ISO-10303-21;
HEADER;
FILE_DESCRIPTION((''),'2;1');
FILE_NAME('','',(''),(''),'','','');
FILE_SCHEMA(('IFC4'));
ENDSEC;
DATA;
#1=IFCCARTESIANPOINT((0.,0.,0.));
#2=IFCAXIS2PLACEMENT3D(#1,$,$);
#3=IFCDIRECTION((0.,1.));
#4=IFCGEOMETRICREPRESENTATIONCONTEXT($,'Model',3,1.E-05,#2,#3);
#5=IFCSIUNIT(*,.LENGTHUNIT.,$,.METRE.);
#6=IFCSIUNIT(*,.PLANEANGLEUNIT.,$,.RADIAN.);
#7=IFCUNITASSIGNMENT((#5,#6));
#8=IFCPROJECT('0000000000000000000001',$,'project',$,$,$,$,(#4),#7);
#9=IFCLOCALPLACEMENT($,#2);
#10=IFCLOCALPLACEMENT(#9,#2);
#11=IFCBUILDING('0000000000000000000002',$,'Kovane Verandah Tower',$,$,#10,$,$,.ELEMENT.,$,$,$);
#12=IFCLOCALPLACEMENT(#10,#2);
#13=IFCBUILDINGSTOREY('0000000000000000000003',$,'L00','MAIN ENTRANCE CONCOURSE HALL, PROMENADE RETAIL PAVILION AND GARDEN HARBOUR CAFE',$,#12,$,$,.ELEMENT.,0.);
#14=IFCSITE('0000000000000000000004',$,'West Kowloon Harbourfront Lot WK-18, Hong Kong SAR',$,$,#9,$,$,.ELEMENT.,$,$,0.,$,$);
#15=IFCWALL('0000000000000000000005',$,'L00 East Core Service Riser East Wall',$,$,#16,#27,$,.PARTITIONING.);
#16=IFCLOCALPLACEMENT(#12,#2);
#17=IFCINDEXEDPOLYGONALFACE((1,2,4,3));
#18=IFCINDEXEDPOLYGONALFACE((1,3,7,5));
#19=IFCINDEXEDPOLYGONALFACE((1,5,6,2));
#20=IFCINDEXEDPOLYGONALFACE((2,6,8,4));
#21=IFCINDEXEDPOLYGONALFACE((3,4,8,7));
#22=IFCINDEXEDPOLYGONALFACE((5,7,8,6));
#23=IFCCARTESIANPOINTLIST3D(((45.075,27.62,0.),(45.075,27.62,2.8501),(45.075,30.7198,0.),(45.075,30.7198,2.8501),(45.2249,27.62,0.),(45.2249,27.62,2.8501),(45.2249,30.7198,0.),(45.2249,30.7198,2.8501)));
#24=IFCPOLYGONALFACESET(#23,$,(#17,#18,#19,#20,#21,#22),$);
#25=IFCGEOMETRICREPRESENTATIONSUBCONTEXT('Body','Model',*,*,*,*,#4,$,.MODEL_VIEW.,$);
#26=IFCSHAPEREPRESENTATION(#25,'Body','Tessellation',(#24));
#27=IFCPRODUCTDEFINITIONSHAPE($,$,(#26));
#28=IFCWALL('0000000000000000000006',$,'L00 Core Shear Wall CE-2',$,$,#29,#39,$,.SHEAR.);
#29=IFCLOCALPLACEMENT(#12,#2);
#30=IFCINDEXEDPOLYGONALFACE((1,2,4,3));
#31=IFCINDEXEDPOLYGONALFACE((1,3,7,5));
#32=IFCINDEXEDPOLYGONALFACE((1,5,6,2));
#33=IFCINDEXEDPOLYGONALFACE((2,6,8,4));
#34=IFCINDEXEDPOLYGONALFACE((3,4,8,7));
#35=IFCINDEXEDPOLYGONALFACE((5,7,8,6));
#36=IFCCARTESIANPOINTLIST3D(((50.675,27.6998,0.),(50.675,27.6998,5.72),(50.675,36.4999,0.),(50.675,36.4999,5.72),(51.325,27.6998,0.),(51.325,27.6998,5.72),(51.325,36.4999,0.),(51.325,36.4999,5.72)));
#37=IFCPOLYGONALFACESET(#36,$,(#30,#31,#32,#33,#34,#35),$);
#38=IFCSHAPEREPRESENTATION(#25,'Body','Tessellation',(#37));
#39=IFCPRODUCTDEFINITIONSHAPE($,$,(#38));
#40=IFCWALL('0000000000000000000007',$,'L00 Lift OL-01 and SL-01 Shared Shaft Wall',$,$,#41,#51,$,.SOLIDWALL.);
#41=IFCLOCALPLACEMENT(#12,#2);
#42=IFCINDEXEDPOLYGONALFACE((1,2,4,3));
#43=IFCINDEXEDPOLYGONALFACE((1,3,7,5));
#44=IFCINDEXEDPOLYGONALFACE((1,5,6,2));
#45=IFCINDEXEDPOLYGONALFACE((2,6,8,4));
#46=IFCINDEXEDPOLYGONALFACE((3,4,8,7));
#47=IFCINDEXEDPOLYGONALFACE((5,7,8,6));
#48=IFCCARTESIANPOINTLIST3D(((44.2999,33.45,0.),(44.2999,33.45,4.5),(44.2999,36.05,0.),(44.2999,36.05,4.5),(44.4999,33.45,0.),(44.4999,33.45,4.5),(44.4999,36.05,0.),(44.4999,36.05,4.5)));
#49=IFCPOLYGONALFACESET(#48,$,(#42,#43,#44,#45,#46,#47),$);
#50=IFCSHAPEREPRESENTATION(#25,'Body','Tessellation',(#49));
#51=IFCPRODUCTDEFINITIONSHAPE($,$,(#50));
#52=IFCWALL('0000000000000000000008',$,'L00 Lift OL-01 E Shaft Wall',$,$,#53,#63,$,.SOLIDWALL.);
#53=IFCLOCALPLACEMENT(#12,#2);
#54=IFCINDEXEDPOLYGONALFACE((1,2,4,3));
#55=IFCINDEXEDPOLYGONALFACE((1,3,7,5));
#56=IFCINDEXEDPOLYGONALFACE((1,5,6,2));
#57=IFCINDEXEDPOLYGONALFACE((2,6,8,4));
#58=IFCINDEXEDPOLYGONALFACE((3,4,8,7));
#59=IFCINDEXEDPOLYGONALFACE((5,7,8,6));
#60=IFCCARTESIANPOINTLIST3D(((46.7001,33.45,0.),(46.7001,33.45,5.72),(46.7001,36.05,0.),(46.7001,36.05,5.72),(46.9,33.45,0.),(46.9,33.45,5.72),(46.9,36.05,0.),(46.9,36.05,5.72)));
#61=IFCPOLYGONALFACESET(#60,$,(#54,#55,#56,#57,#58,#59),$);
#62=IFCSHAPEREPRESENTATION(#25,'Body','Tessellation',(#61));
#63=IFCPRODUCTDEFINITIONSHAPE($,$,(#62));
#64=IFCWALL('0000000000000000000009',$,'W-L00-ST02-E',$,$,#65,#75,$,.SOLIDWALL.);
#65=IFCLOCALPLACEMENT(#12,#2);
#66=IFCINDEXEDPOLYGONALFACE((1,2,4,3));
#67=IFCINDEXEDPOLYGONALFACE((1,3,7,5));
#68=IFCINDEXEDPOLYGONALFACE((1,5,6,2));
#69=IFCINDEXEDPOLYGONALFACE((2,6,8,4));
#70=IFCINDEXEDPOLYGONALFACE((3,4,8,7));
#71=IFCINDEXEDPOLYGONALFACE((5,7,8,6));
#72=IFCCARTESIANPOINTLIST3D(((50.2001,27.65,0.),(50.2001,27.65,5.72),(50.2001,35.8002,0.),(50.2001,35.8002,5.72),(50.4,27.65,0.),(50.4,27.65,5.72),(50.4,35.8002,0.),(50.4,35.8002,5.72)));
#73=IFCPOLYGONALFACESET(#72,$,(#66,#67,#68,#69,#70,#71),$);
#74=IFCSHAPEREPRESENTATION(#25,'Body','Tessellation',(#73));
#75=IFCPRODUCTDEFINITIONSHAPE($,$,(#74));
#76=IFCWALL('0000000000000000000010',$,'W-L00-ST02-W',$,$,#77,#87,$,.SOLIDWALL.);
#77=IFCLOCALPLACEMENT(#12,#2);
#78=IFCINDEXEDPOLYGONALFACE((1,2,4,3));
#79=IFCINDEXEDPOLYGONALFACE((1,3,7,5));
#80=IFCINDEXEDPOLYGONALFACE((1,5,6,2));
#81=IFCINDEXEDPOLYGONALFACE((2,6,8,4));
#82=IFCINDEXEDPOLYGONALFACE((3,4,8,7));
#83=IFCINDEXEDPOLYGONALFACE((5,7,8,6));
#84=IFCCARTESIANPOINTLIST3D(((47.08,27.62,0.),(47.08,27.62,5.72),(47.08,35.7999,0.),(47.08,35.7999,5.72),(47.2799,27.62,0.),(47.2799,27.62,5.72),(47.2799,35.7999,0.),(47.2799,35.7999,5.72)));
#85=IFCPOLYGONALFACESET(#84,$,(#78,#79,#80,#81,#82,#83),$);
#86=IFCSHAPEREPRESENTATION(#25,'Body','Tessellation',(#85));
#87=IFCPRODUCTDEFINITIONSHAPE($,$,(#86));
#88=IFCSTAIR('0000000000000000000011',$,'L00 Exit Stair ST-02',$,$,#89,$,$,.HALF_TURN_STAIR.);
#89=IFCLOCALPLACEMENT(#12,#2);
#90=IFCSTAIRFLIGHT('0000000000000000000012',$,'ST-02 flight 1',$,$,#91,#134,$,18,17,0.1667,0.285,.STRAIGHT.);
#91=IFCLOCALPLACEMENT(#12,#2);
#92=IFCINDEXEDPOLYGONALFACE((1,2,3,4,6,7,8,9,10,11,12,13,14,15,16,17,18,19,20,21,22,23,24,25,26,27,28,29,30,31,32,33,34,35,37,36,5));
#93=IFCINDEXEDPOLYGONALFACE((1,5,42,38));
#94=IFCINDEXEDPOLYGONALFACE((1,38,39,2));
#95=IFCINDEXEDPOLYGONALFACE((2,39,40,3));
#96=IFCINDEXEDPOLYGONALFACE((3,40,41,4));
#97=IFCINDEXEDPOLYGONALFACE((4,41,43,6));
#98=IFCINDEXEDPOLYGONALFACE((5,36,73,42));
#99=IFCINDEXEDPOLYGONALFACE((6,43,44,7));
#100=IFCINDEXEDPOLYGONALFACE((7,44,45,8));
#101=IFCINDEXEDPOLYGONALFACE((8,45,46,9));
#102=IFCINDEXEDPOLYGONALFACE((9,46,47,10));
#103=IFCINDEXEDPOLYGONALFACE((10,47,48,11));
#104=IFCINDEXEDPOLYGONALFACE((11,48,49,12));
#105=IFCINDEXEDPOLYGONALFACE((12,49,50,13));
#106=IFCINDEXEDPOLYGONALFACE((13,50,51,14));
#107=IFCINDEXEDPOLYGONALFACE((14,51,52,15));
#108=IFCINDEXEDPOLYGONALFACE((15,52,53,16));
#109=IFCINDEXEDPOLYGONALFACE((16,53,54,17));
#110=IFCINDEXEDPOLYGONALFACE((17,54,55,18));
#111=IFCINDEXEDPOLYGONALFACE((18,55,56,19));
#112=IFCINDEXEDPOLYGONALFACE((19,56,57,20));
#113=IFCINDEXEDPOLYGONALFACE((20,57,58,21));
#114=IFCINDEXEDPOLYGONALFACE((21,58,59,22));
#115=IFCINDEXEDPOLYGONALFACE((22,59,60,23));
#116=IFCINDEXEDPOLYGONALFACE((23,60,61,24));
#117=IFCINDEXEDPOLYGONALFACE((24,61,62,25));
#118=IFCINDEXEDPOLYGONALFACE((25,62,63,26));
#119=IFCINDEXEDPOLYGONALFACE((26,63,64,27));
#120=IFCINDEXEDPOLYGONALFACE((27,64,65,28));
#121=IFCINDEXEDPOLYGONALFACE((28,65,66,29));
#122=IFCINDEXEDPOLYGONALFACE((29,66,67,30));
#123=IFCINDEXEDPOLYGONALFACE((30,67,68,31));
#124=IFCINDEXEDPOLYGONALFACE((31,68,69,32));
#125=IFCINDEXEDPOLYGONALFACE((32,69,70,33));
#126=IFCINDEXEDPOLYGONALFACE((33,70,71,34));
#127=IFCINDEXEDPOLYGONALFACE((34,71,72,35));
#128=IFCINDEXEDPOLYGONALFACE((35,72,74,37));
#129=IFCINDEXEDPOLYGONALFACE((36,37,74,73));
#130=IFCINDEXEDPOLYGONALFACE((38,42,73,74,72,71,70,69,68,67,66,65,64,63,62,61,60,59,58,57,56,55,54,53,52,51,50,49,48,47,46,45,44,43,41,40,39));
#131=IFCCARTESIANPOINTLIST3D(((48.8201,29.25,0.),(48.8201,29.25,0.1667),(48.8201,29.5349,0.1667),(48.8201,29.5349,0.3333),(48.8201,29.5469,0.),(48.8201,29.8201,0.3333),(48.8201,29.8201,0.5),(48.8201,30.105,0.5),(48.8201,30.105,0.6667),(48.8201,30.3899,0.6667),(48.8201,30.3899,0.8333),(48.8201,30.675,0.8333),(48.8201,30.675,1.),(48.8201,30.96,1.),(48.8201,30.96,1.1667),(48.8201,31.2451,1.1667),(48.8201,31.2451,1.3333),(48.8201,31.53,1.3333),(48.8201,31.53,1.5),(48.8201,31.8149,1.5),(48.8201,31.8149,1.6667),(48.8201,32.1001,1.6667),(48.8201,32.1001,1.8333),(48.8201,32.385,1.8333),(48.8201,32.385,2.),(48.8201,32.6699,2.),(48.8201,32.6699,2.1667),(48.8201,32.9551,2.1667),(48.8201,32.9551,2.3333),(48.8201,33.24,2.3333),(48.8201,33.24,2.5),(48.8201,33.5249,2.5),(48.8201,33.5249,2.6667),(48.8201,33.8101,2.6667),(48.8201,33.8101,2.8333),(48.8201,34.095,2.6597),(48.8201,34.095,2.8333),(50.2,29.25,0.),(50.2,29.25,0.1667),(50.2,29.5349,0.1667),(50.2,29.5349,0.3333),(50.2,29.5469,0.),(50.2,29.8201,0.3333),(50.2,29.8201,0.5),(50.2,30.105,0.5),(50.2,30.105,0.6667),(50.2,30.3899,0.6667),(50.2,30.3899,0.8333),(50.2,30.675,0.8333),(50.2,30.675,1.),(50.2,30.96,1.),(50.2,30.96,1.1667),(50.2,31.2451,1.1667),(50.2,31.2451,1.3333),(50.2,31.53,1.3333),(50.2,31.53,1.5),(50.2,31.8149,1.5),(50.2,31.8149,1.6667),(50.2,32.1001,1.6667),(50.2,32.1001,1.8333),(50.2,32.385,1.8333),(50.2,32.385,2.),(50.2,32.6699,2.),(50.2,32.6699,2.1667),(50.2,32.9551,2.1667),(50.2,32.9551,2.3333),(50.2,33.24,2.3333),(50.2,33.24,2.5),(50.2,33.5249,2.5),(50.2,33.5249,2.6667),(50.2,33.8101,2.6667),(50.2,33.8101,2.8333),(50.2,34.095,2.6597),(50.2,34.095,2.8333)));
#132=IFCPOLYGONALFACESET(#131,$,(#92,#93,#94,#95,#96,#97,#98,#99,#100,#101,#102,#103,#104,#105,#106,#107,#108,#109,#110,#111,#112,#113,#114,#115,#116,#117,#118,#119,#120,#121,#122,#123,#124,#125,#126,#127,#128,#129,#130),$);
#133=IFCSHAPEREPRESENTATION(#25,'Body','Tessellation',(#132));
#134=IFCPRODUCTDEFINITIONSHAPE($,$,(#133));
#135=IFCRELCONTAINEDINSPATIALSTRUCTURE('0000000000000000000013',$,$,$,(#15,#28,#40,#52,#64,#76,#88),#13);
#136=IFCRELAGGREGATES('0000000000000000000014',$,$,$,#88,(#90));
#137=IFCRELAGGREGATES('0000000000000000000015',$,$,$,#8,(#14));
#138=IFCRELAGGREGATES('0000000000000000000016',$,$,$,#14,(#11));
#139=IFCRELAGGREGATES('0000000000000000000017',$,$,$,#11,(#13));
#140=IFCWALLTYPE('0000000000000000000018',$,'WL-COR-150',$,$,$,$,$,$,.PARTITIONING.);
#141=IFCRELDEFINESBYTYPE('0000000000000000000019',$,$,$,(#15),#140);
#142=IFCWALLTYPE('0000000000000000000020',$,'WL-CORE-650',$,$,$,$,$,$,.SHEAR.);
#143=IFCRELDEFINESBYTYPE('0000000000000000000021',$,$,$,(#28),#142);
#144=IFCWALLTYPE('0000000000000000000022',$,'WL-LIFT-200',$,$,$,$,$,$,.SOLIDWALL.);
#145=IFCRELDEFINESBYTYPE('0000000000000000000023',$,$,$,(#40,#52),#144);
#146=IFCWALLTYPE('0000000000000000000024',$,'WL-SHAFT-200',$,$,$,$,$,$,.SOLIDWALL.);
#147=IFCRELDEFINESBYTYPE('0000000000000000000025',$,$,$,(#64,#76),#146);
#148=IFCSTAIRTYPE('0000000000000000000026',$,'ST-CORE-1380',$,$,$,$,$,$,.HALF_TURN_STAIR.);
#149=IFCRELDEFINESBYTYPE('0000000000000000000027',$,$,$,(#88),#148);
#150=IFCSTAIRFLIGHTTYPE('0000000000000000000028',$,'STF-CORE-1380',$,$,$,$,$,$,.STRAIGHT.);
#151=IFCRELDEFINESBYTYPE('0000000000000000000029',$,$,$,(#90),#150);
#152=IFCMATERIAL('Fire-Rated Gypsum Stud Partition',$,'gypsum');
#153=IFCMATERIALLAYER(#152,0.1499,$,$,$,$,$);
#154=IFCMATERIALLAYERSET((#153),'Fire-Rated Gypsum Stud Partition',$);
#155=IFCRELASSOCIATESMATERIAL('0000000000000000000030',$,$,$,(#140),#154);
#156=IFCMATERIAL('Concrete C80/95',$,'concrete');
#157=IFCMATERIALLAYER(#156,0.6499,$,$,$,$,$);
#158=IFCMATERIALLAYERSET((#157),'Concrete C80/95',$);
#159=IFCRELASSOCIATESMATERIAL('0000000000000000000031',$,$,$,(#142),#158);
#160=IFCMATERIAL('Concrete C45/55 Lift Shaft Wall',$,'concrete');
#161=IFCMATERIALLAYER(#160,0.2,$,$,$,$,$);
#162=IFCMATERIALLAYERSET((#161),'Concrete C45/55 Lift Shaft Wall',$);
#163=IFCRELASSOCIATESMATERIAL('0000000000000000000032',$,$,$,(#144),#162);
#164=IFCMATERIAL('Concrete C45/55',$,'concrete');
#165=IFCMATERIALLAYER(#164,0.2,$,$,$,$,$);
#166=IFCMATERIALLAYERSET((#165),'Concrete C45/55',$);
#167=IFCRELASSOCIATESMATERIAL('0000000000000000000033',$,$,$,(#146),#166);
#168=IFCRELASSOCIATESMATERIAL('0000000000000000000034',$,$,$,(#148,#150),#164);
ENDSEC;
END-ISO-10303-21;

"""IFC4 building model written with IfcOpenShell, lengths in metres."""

from ifc_helpers import new_model, si_unit, direction, frame, frame_2d, origin, place, context, subcontext, project, spatial, polyline, rectangle, outline, extrude, material, layer, layer_set, type_object, element, aggregate, save


model = new_model("IFC4")

# Units and contexts
model_context = context("Model", 3, precision=1e-05, world=origin(), true_north=direction((0.0, 1.0)))
body_context = subcontext(model_context, "Body", "Model", "MODEL_VIEW")
ifc_project = project(units=[si_unit("LENGTHUNIT", "METRE"), si_unit("PLANEANGLEUNIT", "RADIAN")], contexts=[model_context])

# Site, building, storey
site_placement = place(None, origin())
site = spatial("IfcSite", under=ifc_project, at=site_placement, Name="West Kowloon Harbourfront Lot WK-18, Hong Kong SAR", CompositionType="ELEMENT", RefElevation=0.0)
building_placement = place(site_placement, origin())
building = spatial("IfcBuilding", under=site, at=building_placement, Name="Kovane Verandah Tower", CompositionType="ELEMENT")
storey_placement = place(building_placement, origin())
storey = spatial("IfcBuildingStorey", under=building, at=storey_placement, Name="L00", Description="MAIN ENTRANCE CONCOURSE HALL, PROMENADE RETAIL PAVILION AND GARDEN HARBOUR CAFE", CompositionType="ELEMENT", Elevation=0.0)

# Walls
ifc_material_1 = material(Name="Fire-Rated Gypsum Stud Partition", Category="gypsum")
ifc_layer_1 = layer(ifc_material_1, 0.1499)
ifc_layer_set_1 = layer_set([ifc_layer_1], Name="Fire-Rated Gypsum Stud Partition")
wall_type_1 = type_object("IfcWallType", Name="WL-COR-150", PredefinedType="PARTITIONING", material=ifc_layer_set_1)
wall_1_placement = place(storey_placement, frame((45.1499, 27.6201, 0.0), z_axis=(0.0, 0.0, 1.0), x_axis=(0.0, 1.0, 0.0)))
element("IfcWall", 1, at=wall_1_placement, inside=storey, type_object=wall_type_1, Name="L00 East Core Service Riser East Wall", PredefinedType="PARTITIONING", context=body_context, shape_type="SweptSolid", body=[
    extrude(rectangle(XDim=3.0999, YDim=0.1499, at=frame_2d((1.5498, 0.0))), origin(), (0.0, 0.0, 1.0), 2.8501),
])
ifc_material_2 = material(Name="Concrete C80/95", Category="concrete")
ifc_layer_2 = layer(ifc_material_2, 0.6499)
ifc_layer_set_2 = layer_set([ifc_layer_2], Name="Concrete C80/95")
wall_type_2 = type_object("IfcWallType", Name="WL-CORE-650", PredefinedType="SHEAR", material=ifc_layer_set_2)
wall_2_placement = place(storey_placement, frame((51.0, 27.7, 0.0), z_axis=(0.0, 0.0, 1.0), x_axis=(0.0, 1.0, 0.0)))
element("IfcWall", 2, at=wall_2_placement, inside=storey, type_object=wall_type_2, Name="L00 Core Shear Wall CE-2", PredefinedType="SHEAR", context=body_context, shape_type="SweptSolid", body=[
    extrude(rectangle(XDim=8.8, YDim=0.6499, at=frame_2d((4.3999, 0.0))), origin(), (0.0, 0.0, 1.0), 5.72),
])

# Wall
ifc_material_3 = material(Name="Concrete C45/55 Lift Shaft Wall", Category="concrete")
ifc_layer_3 = layer(ifc_material_3, 0.2)
ifc_layer_set_3 = layer_set([ifc_layer_3], Name="Concrete C45/55 Lift Shaft Wall")
wall_type_3 = type_object("IfcWallType", Name="WL-LIFT-200", PredefinedType="SOLIDWALL", material=ifc_layer_set_3)
wall_3_placement = place(storey_placement, frame((44.3999, 33.45, 0.0), z_axis=(0.0, 0.0, 1.0), x_axis=(0.0, 1.0, 0.0)))
element("IfcWall", 3, at=wall_3_placement, inside=storey, type_object=wall_type_3, Name="L00 Lift OL-01 and SL-01 Shared Shaft Wall", PredefinedType="SOLIDWALL", context=body_context, shape_type="SweptSolid", body=[
    extrude(rectangle(XDim=2.6001, YDim=0.2, at=frame_2d((1.3, 0.0))), origin(), (0.0, 0.0, 1.0), 4.5),
])

# Walls
wall_4_placement = place(storey_placement, frame((46.8, 33.45, 0.0), z_axis=(0.0, 0.0, 1.0), x_axis=(0.0, 1.0, 0.0)))
element("IfcWall", 4, at=wall_4_placement, inside=storey, type_object=wall_type_3, Name="L00 Lift OL-01 E Shaft Wall", PredefinedType="SOLIDWALL", context=body_context, shape_type="SweptSolid", body=[
    extrude(rectangle(XDim=2.6001, YDim=0.2, at=frame_2d((1.3, 0.0))), origin(), (0.0, 0.0, 1.0), 5.72),
])
ifc_material_4 = material(Name="Concrete C45/55", Category="concrete")
ifc_layer_4 = layer(ifc_material_4, 0.2)
ifc_layer_set_4 = layer_set([ifc_layer_4], Name="Concrete C45/55")
wall_type_4 = type_object("IfcWallType", Name="WL-SHAFT-200", PredefinedType="SOLIDWALL", material=ifc_layer_set_4)
wall_5_placement = place(storey_placement, frame((50.3, 27.6499, 0.0), z_axis=(0.0, 0.0, 1.0), x_axis=(0.0, 1.0, 0.0)))
element("IfcWall", 5, at=wall_5_placement, inside=storey, type_object=wall_type_4, Name="W-L00-ST02-E", PredefinedType="SOLIDWALL", context=body_context, shape_type="SweptSolid", body=[
    extrude(rectangle(XDim=8.1501, YDim=0.2, at=frame_2d((4.0752, 0.0))), origin(), (0.0, 0.0, 1.0), 5.72),
])
wall_6_placement = place(storey_placement, frame((47.1799, 27.6201, 0.0), z_axis=(0.0, 0.0, 1.0), x_axis=(0.0, 1.0, 0.0)))
element("IfcWall", 6, at=wall_6_placement, inside=storey, type_object=wall_type_4, Name="W-L00-ST02-W", PredefinedType="SOLIDWALL", context=body_context, shape_type="SweptSolid", body=[
    extrude(rectangle(XDim=8.1799, YDim=0.2, at=frame_2d((4.0898, 0.0))), origin(), (0.0, 0.0, 1.0), 5.72),
])

# Stair, stair flight
stair_type = type_object("IfcStairType", Name="ST-CORE-1380", PredefinedType="HALF_TURN_STAIR", material=ifc_material_4)
stair_placement = place(storey_placement, origin())
stair = element("IfcStair", 7, at=stair_placement, inside=storey, type_object=stair_type, Name="L00 Exit Stair ST-02", PredefinedType="HALF_TURN_STAIR")
stair_flight_type = type_object("IfcStairFlightType", Name="STF-CORE-1380", PredefinedType="STRAIGHT", material=ifc_material_4)
stair_flight_placement = place(storey_placement, frame((49.51, 29.25, 0.0), z_axis=(0.0, 0.0, 1.0), x_axis=(0.0, 1.0, 0.0)))
stair_flight = element("IfcStairFlight", 8, at=stair_flight_placement, type_object=stair_flight_type, Name="ST-02 flight 1", NumberOfRisers=18, NumberOfTreads=17, PredefinedType="STRAIGHT", RiserHeight=0.1667, TreadLength=0.285, context=body_context, shape_type="SweptSolid", body=[
    extrude(outline(polyline([(0.0, 0.0), (0.0, 0.1667), (0.2849, 0.1667), (0.2849, 0.3333), (0.5701, 0.3333), (0.5701, 0.5), (0.855, 0.5), (0.855, 0.6667), (1.1399, 0.6667), (1.1399, 0.8333), (1.425, 0.8333), (1.425, 1.0), (1.71, 1.0), (1.71, 1.1667), (1.9951, 1.1667), (1.9951, 1.3333), (2.28, 1.3333), (2.28, 1.5), (2.5649, 1.5), (2.5649, 1.6667), (2.8501, 1.6667), (2.8501, 1.8333), (3.135, 1.8333), (3.135, 2.0), (3.4199, 2.0), (3.4199, 2.1667), (3.7051, 2.1667), (3.7051, 2.3333), (3.99, 2.3333), (3.99, 2.5), (4.2749, 2.5), (4.2749, 2.6667), (4.5601, 2.6667), (4.5601, 2.8333), (4.845, 2.8333), (4.845, 3.0), (4.845, 2.6597), (0.2969, 0.0), (0.0, 0.0)])), frame((0.0, 0.6899, 0.0), z_axis=(0.0, -1.0, 0.0), x_axis=(1.0, 0.0, 0.0)), (0.0, 0.0, 1.0), 1.3799),
])
aggregate(stair, [stair_flight])

save(model, "model.ifc")
